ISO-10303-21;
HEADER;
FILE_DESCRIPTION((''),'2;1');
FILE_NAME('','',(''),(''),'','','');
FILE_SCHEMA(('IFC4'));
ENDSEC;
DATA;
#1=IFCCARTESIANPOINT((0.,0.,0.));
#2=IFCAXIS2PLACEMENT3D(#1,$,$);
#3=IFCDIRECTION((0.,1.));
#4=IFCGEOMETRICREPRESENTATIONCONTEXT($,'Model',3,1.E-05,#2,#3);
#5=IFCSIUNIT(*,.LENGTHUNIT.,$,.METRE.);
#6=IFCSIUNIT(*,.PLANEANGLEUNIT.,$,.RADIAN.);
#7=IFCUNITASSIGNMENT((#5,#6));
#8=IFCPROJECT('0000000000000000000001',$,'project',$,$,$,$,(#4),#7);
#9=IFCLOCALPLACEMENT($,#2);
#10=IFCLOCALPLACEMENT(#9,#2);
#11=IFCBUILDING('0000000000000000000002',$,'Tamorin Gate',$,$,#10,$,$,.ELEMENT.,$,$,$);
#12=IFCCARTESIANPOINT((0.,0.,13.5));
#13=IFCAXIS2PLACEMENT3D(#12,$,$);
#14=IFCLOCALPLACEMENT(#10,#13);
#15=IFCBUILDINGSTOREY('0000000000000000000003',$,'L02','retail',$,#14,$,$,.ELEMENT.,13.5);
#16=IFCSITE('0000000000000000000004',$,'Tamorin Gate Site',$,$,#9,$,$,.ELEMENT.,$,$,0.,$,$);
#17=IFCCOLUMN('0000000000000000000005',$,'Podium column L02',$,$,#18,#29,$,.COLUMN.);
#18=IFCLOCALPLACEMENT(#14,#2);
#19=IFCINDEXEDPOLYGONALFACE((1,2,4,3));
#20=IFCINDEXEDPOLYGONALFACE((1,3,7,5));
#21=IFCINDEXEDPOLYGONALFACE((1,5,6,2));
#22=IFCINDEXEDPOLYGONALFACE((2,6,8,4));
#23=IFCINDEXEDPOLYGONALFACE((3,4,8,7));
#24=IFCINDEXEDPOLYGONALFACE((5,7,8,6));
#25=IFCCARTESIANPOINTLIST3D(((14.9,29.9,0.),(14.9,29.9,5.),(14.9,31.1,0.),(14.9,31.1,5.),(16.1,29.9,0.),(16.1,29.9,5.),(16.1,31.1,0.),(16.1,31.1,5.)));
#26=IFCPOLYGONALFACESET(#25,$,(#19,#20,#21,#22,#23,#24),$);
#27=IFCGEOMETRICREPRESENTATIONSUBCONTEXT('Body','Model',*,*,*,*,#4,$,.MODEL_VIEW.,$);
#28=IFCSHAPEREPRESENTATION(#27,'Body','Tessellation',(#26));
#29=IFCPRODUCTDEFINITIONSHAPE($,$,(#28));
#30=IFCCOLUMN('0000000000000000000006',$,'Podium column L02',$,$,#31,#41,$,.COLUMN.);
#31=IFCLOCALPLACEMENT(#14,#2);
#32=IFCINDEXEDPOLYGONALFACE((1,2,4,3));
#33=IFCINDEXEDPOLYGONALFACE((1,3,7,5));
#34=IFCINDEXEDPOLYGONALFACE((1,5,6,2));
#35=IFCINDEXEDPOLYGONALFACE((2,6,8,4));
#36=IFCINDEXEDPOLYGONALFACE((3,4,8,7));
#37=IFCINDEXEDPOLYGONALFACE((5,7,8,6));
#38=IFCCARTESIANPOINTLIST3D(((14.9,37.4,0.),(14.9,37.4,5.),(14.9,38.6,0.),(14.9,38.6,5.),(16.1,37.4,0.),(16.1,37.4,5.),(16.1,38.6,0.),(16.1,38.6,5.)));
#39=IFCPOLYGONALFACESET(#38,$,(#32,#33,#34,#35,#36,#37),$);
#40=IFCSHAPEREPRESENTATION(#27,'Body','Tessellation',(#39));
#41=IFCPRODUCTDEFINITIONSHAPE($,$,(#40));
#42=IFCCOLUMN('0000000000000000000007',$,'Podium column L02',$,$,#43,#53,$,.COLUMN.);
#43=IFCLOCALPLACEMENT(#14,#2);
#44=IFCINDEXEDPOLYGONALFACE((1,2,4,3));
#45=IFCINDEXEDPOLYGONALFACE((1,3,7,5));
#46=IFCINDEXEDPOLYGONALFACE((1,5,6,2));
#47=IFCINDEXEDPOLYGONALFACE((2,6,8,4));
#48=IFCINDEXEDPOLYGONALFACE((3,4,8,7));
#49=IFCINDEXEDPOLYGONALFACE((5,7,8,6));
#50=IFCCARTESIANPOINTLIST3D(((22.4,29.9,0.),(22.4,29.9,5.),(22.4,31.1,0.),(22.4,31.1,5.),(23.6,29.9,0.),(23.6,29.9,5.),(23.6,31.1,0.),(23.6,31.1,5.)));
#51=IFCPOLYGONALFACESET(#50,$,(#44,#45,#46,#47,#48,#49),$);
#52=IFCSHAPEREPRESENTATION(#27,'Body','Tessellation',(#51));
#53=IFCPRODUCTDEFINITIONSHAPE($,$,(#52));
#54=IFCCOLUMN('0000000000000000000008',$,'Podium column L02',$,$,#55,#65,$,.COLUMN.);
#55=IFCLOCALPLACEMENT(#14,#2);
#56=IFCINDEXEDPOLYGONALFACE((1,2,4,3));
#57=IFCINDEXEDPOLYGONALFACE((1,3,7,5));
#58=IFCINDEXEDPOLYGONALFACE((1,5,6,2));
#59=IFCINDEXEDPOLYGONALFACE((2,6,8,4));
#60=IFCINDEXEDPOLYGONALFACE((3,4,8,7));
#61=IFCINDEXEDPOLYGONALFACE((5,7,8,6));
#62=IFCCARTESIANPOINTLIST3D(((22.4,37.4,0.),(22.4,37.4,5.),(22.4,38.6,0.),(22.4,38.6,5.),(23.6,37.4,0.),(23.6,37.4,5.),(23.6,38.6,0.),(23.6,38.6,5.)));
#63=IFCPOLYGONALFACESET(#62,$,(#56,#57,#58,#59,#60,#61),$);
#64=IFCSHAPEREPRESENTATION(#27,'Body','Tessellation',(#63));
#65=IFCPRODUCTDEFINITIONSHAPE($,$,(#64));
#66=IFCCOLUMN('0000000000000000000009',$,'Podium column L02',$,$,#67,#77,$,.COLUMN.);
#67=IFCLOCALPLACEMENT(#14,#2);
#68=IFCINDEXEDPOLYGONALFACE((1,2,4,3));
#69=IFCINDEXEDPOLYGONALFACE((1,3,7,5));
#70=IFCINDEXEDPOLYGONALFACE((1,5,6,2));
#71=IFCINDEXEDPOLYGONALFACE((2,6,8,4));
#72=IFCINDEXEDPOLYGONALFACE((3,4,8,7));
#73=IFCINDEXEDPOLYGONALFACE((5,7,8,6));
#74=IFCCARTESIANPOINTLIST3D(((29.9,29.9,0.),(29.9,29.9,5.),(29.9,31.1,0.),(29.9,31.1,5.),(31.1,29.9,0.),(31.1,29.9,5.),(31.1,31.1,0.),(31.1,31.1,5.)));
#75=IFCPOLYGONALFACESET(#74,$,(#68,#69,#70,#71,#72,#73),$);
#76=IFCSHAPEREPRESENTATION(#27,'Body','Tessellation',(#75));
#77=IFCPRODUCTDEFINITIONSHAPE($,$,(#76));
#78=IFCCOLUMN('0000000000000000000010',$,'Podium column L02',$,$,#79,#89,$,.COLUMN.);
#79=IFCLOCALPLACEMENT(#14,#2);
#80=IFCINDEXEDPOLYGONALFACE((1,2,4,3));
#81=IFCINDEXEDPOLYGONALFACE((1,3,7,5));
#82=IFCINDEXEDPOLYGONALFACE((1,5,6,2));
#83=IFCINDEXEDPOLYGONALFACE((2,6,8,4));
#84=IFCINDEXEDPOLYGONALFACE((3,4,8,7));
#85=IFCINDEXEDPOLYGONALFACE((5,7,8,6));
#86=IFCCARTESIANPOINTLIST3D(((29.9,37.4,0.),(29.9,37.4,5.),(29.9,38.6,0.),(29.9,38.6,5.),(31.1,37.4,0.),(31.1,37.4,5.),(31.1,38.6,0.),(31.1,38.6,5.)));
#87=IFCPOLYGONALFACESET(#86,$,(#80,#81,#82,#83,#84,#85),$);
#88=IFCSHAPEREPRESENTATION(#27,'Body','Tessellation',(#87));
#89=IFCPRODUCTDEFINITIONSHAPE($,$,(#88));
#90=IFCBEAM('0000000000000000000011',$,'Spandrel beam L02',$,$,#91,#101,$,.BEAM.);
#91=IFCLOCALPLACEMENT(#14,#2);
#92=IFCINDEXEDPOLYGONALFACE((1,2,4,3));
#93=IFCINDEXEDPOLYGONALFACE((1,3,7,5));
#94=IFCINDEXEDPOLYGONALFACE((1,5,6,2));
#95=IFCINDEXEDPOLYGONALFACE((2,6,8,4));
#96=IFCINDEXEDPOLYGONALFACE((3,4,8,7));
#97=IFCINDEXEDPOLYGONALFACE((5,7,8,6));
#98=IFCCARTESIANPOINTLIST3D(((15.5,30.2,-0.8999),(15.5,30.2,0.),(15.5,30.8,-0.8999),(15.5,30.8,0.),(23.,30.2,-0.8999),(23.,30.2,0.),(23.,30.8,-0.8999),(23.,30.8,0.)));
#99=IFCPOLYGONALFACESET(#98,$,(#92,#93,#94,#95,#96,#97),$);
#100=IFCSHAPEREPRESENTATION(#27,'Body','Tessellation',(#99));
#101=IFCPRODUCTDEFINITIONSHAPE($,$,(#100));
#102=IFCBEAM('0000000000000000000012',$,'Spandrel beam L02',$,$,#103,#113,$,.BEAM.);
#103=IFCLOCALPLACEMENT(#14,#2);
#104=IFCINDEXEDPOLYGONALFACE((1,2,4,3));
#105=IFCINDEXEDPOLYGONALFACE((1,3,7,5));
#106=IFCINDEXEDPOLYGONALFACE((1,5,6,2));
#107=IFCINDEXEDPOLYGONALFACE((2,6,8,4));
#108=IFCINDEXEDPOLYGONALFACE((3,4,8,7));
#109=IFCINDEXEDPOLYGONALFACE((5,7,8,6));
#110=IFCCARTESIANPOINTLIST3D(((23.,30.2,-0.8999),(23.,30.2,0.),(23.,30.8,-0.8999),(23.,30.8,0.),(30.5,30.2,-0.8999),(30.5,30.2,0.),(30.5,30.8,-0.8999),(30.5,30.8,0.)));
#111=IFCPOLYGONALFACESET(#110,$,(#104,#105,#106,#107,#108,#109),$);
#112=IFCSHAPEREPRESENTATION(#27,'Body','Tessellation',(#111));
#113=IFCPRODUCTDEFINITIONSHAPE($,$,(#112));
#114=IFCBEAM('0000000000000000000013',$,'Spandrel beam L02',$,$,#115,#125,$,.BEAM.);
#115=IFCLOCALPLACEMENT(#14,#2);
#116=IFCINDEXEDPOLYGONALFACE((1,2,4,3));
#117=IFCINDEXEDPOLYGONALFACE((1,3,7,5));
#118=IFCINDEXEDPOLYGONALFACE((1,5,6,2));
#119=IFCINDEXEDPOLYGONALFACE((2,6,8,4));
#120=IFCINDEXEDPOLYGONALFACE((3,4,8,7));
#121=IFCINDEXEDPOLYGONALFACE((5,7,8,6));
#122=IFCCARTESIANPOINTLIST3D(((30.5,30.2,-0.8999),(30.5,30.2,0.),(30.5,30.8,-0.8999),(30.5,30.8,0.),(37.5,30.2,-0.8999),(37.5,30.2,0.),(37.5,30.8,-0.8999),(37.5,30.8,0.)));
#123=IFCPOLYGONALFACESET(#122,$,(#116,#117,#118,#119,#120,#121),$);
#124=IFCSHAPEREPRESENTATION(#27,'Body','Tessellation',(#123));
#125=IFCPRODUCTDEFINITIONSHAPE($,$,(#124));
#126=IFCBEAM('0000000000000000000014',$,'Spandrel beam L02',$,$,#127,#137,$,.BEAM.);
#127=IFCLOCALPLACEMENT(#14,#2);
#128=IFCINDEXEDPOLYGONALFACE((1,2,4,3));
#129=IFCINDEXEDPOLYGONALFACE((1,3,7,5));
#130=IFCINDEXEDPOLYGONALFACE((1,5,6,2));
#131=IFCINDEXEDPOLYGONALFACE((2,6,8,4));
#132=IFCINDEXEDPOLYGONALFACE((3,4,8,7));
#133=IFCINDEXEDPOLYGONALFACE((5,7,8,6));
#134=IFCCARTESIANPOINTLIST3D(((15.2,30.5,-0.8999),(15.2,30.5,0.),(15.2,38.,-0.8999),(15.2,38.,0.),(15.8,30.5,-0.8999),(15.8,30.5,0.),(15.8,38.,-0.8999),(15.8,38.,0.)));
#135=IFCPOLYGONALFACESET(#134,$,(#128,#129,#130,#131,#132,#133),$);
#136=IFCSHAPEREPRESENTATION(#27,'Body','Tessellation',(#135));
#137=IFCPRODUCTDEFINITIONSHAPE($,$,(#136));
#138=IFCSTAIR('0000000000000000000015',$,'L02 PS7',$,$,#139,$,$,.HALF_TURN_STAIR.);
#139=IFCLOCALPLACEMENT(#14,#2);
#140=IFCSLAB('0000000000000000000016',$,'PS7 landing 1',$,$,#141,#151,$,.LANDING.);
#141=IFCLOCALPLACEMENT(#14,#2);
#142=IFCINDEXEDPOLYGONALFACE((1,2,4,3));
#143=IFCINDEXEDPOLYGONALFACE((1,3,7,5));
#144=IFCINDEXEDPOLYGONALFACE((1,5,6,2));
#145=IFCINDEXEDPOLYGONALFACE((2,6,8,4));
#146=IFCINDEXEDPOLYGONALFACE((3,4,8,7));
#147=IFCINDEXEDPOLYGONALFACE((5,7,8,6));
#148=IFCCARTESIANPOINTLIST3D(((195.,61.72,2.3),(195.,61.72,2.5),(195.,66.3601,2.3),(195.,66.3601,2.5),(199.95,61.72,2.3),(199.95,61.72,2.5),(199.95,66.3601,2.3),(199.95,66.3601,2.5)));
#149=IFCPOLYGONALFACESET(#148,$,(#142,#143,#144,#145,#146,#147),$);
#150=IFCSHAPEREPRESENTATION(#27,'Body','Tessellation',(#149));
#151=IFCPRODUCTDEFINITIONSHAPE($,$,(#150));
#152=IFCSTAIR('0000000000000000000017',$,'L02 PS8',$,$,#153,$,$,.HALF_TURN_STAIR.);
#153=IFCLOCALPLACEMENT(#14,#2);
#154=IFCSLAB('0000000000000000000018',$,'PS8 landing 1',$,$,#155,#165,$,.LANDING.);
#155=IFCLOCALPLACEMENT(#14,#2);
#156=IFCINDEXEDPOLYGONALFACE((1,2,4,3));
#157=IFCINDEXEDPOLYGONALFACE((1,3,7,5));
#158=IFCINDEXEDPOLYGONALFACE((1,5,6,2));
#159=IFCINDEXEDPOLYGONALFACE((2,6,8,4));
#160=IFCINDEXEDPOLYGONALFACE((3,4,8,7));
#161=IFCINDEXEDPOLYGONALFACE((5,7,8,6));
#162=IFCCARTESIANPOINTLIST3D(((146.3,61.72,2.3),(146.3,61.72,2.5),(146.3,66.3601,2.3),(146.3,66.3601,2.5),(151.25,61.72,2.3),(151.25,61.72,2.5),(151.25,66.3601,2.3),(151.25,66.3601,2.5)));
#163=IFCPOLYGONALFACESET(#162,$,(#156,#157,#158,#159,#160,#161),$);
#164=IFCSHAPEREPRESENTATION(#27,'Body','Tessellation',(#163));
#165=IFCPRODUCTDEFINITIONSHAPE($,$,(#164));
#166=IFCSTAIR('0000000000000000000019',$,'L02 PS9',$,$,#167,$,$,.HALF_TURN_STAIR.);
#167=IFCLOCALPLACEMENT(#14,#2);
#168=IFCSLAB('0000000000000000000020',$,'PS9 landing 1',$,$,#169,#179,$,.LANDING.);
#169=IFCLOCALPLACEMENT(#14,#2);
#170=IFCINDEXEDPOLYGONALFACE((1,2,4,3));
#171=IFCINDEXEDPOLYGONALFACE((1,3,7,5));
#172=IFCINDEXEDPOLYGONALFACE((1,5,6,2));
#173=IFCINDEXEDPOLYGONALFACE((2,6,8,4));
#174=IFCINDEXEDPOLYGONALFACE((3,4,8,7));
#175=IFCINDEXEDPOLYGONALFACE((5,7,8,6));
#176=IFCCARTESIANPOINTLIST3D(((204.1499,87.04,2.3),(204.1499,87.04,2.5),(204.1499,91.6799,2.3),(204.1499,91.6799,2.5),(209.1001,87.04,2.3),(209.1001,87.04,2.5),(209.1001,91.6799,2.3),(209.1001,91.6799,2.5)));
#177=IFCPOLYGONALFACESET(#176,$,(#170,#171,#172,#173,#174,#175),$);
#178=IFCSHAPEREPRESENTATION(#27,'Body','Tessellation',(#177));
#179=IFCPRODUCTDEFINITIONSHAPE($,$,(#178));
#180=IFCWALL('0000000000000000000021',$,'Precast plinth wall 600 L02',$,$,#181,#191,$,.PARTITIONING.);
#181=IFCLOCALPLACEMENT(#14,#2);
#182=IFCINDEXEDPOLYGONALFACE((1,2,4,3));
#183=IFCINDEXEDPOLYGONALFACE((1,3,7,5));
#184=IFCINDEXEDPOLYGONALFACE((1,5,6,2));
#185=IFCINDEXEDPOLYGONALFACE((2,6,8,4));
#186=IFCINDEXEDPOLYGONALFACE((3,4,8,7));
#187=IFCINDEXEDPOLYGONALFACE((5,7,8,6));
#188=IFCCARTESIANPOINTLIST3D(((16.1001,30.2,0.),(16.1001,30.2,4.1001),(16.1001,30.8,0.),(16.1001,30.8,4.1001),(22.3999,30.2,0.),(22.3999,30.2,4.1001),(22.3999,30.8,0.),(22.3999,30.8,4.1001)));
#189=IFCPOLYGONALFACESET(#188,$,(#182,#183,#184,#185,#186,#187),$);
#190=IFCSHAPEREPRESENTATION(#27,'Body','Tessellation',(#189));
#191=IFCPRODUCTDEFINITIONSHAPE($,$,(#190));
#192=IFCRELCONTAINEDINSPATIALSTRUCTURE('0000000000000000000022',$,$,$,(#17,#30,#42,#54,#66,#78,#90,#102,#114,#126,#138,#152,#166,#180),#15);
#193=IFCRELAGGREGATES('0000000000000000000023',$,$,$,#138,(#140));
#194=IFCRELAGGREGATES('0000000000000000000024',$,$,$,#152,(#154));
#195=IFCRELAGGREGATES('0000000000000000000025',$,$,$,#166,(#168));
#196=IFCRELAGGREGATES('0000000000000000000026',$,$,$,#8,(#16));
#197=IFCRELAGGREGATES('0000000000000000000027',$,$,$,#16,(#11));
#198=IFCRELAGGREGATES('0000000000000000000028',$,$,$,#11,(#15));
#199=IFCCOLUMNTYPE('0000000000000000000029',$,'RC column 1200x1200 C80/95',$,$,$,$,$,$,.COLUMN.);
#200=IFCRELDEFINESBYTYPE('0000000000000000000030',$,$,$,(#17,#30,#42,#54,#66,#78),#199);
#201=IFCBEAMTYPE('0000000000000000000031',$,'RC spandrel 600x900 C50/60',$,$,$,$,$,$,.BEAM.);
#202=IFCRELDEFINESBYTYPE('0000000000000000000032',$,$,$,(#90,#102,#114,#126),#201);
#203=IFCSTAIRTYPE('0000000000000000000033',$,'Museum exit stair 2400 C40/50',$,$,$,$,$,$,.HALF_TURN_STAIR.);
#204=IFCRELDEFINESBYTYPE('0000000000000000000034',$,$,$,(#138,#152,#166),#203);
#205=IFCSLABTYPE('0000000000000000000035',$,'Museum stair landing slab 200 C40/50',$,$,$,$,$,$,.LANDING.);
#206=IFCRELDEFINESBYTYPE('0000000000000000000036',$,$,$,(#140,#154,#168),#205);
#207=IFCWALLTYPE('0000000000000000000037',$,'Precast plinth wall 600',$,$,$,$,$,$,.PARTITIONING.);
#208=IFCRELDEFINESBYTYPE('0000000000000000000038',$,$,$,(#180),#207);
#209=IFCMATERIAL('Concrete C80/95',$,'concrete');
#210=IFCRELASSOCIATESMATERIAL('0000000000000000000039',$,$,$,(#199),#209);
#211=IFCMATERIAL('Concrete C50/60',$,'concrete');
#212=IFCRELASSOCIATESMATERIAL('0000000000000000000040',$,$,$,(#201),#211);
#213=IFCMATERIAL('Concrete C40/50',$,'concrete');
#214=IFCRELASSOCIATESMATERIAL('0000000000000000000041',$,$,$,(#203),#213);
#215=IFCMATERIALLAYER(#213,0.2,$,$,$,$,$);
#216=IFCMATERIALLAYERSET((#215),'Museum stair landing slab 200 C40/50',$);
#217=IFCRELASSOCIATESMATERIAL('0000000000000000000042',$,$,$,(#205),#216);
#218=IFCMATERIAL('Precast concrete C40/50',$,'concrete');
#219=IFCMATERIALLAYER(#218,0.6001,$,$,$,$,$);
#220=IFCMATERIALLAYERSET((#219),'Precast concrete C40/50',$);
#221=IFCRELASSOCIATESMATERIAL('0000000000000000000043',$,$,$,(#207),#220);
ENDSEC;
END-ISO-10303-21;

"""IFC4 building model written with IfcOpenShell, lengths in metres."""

from ifc_helpers import new_model, si_unit, direction, frame, frame_2d, origin, origin_2d, place, context, subcontext, project, spatial, polyline, rectangle, outline, extrude, material, layer, layer_set, material_profile, profile_set, type_object, element, aggregate, save


model = new_model("IFC4")

# Units and contexts
model_context = context("Model", 3, precision=1e-05, world=origin(), true_north=direction((0.0, 1.0)))
body_context = subcontext(model_context, "Body", "Model", "MODEL_VIEW")
ifc_project = project(units=[si_unit("LENGTHUNIT", "METRE"), si_unit("PLANEANGLEUNIT", "RADIAN")], contexts=[model_context])

# Site, building, storey
site_placement = place(None, origin())
site = spatial("IfcSite", under=ifc_project, at=site_placement, Name="Tamorin Gate Site", CompositionType="ELEMENT", RefElevation=0.0)
building_placement = place(site_placement, origin())
building = spatial("IfcBuilding", under=site, at=building_placement, Name="Tamorin Gate", CompositionType="ELEMENT")
storey_placement = place(building_placement, frame((0.0, 0.0, 13.5)))
storey = spatial("IfcBuildingStorey", under=building, at=storey_placement, Name="L02", Description="retail", CompositionType="ELEMENT", Elevation=13.5)

# Columns
ifc_material_1 = material(Name="Concrete C80/95", Category="concrete")
ifc_material_profile_1 = material_profile(ifc_material_1, rectangle(XDim=1.2, YDim=1.2, at=origin_2d()), Name="RC 1200x1200")
ifc_profile_set_1 = profile_set([ifc_material_profile_1], Name="Concrete C80/95")
column_type = type_object("IfcColumnType", Name="RC column 1200x1200 C80/95", PredefinedType="COLUMN", material=ifc_profile_set_1)
for number, where, z_axis, x_axis, name in (
    (1, (15.5, 30.5, 0.0), (0.0, 0.0, 1.0), (1.0, 0.0, 0.0), "Podium column L02"),
    (2, (15.5, 38.0, 0.0), (0.0, 0.0, 1.0), (1.0, 0.0, 0.0), "Podium column L02"),
    (3, (23.0, 30.5, 0.0), (0.0, 0.0, 1.0), (1.0, 0.0, 0.0), "Podium column L02"),
    (4, (23.0, 38.0, 0.0), (0.0, 0.0, 1.0), (1.0, 0.0, 0.0), "Podium column L02"),
    (5, (30.5, 30.5, 0.0), (0.0, 0.0, 1.0), (1.0, 0.0, 0.0), "Podium column L02"),
    (6, (30.5, 38.0, 0.0), (0.0, 0.0, 1.0), (1.0, 0.0, 0.0), "Podium column L02"),
):
    element("IfcColumn", number, at=place(storey_placement, frame(where, z_axis=z_axis, x_axis=x_axis)), inside=storey, type_object=column_type, Name=name, PredefinedType="COLUMN", context=body_context, shape_type="SweptSolid", body=[
        extrude(rectangle(XDim=1.2, YDim=1.2, at=origin_2d()), origin(), (0.0, 0.0, 1.0), 5.0),
    ])

# Beams
ifc_material_2 = material(Name="Concrete C50/60", Category="concrete")
ifc_material_profile_2 = material_profile(ifc_material_2, rectangle(XDim=0.6001, YDim=0.8999, at=origin_2d()), Name="RC 600x900")
ifc_profile_set_2 = profile_set([ifc_material_profile_2], Name="Concrete C50/60")
beam_type = type_object("IfcBeamType", Name="RC spandrel 600x900 C50/60", PredefinedType="BEAM", material=ifc_profile_set_2)
for number, where, z_axis, x_axis, name in (
    (7, (15.5, 30.5, -0.45), (1.0, 0.0, 0.0), (0.0, 1.0, 0.0), "Spandrel beam L02"),
    (8, (23.0, 30.5, -0.45), (1.0, 0.0, 0.0), (0.0, 1.0, 0.0), "Spandrel beam L02"),
):
    element("IfcBeam", number, at=place(storey_placement, frame(where, z_axis=z_axis, x_axis=x_axis)), inside=storey, type_object=beam_type, Name=name, PredefinedType="BEAM", context=body_context, shape_type="SweptSolid", body=[
        extrude(rectangle(XDim=0.6001, YDim=0.8999, at=origin_2d()), origin(), (0.0, 0.0, 1.0), 7.5),
    ])
beam_1_placement = place(storey_placement, frame((30.5, 30.5, -0.45), z_axis=(1.0, 0.0, 0.0), x_axis=(0.0, 1.0, 0.0)))
element("IfcBeam", 9, at=beam_1_placement, inside=storey, type_object=beam_type, Name="Spandrel beam L02", PredefinedType="BEAM", context=body_context, shape_type="SweptSolid", body=[
    extrude(rectangle(XDim=0.6001, YDim=0.8999, at=origin_2d()), origin(), (0.0, 0.0, 1.0), 7.0),
])
beam_2_placement = place(storey_placement, frame((15.5, 38.0, -0.45), z_axis=(0.0, -1.0, 0.0), x_axis=(1.0, 0.0, 0.0)))
element("IfcBeam", 10, at=beam_2_placement, inside=storey, type_object=beam_type, Name="Spandrel beam L02", PredefinedType="BEAM", context=body_context, shape_type="SweptSolid", body=[
    extrude(rectangle(XDim=0.6001, YDim=0.8999, at=origin_2d()), origin(), (0.0, 0.0, 1.0), 7.5),
])

# Stairs, slabs
ifc_material_3 = material(Name="Concrete C40/50", Category="concrete")
stair_type = type_object("IfcStairType", Name="Museum exit stair 2400 C40/50", PredefinedType="HALF_TURN_STAIR", material=ifc_material_3)
stair_1_placement = place(storey_placement, origin())
stair_1 = element("IfcStair", 11, at=stair_1_placement, inside=storey, type_object=stair_type, Name="L02 PS7", PredefinedType="HALF_TURN_STAIR")
ifc_layer_1 = layer(ifc_material_3, 0.2)
ifc_layer_set_1 = layer_set([ifc_layer_1], Name="Museum stair landing slab 200 C40/50")
slab_type = type_object("IfcSlabType", Name="Museum stair landing slab 200 C40/50", PredefinedType="LANDING", material=ifc_layer_set_1)
slab_1_placement = place(storey_placement, frame((0.0, 0.0, 2.3)))
slab_1 = element("IfcSlab", 12, at=slab_1_placement, type_object=slab_type, Name="PS7 landing 1", PredefinedType="LANDING", context=body_context, shape_type="SweptSolid", body=[
    extrude(outline(polyline([(199.95, 61.72), (199.95, 66.3601), (195.0, 66.3601), (195.0, 61.72), (199.95, 61.72)])), origin(), (0.0, 0.0, 1.0), 0.2),
])
aggregate(stair_1, [slab_1])
stair_2_placement = place(storey_placement, origin())
stair_2 = element("IfcStair", 13, at=stair_2_placement, inside=storey, type_object=stair_type, Name="L02 PS8", PredefinedType="HALF_TURN_STAIR")
slab_2_placement = place(storey_placement, frame((0.0, 0.0, 2.3)))
slab_2 = element("IfcSlab", 14, at=slab_2_placement, type_object=slab_type, Name="PS8 landing 1", PredefinedType="LANDING", context=body_context, shape_type="SweptSolid", body=[
    extrude(outline(polyline([(151.25, 61.72), (151.25, 66.3601), (146.3, 66.3601), (146.3, 61.72), (151.25, 61.72)])), origin(), (0.0, 0.0, 1.0), 0.2),
])
aggregate(stair_2, [slab_2])
stair_3_placement = place(storey_placement, origin())
stair_3 = element("IfcStair", 15, at=stair_3_placement, inside=storey, type_object=stair_type, Name="L02 PS9", PredefinedType="HALF_TURN_STAIR")
slab_3_placement = place(storey_placement, frame((0.0, 0.0, 2.3)))
slab_3 = element("IfcSlab", 16, at=slab_3_placement, type_object=slab_type, Name="PS9 landing 1", PredefinedType="LANDING", context=body_context, shape_type="SweptSolid", body=[
    extrude(outline(polyline([(204.1499, 91.6799), (204.1499, 87.04), (209.1001, 87.04), (209.1001, 91.6799), (204.1499, 91.6799)])), origin(), (0.0, 0.0, 1.0), 0.2),
])
aggregate(stair_3, [slab_3])

# Wall
ifc_material_4 = material(Name="Precast concrete C40/50", Category="concrete")
ifc_layer_2 = layer(ifc_material_4, 0.6001)
ifc_layer_set_2 = layer_set([ifc_layer_2], Name="Precast concrete C40/50")
wall_type_1 = type_object("IfcWallType", Name="Precast plinth wall 600", PredefinedType="PARTITIONING", material=ifc_layer_set_2)
wall_1_placement = place(storey_placement, frame((16.1001, 30.5, 0.0), z_axis=(0.0, 0.0, 1.0), x_axis=(1.0, 0.0, 0.0)))
element("IfcWall", 17, at=wall_1_placement, inside=storey, type_object=wall_type_1, Name="Precast plinth wall 600 L02", PredefinedType="PARTITIONING", context=body_context, shape_type="SweptSolid", body=[
    extrude(rectangle(XDim=6.2998, YDim=0.6001, at=frame_2d((3.1499, 0.0))), origin(), (0.0, 0.0, 1.0), 4.1001),
])

save(model, "model.ifc")
